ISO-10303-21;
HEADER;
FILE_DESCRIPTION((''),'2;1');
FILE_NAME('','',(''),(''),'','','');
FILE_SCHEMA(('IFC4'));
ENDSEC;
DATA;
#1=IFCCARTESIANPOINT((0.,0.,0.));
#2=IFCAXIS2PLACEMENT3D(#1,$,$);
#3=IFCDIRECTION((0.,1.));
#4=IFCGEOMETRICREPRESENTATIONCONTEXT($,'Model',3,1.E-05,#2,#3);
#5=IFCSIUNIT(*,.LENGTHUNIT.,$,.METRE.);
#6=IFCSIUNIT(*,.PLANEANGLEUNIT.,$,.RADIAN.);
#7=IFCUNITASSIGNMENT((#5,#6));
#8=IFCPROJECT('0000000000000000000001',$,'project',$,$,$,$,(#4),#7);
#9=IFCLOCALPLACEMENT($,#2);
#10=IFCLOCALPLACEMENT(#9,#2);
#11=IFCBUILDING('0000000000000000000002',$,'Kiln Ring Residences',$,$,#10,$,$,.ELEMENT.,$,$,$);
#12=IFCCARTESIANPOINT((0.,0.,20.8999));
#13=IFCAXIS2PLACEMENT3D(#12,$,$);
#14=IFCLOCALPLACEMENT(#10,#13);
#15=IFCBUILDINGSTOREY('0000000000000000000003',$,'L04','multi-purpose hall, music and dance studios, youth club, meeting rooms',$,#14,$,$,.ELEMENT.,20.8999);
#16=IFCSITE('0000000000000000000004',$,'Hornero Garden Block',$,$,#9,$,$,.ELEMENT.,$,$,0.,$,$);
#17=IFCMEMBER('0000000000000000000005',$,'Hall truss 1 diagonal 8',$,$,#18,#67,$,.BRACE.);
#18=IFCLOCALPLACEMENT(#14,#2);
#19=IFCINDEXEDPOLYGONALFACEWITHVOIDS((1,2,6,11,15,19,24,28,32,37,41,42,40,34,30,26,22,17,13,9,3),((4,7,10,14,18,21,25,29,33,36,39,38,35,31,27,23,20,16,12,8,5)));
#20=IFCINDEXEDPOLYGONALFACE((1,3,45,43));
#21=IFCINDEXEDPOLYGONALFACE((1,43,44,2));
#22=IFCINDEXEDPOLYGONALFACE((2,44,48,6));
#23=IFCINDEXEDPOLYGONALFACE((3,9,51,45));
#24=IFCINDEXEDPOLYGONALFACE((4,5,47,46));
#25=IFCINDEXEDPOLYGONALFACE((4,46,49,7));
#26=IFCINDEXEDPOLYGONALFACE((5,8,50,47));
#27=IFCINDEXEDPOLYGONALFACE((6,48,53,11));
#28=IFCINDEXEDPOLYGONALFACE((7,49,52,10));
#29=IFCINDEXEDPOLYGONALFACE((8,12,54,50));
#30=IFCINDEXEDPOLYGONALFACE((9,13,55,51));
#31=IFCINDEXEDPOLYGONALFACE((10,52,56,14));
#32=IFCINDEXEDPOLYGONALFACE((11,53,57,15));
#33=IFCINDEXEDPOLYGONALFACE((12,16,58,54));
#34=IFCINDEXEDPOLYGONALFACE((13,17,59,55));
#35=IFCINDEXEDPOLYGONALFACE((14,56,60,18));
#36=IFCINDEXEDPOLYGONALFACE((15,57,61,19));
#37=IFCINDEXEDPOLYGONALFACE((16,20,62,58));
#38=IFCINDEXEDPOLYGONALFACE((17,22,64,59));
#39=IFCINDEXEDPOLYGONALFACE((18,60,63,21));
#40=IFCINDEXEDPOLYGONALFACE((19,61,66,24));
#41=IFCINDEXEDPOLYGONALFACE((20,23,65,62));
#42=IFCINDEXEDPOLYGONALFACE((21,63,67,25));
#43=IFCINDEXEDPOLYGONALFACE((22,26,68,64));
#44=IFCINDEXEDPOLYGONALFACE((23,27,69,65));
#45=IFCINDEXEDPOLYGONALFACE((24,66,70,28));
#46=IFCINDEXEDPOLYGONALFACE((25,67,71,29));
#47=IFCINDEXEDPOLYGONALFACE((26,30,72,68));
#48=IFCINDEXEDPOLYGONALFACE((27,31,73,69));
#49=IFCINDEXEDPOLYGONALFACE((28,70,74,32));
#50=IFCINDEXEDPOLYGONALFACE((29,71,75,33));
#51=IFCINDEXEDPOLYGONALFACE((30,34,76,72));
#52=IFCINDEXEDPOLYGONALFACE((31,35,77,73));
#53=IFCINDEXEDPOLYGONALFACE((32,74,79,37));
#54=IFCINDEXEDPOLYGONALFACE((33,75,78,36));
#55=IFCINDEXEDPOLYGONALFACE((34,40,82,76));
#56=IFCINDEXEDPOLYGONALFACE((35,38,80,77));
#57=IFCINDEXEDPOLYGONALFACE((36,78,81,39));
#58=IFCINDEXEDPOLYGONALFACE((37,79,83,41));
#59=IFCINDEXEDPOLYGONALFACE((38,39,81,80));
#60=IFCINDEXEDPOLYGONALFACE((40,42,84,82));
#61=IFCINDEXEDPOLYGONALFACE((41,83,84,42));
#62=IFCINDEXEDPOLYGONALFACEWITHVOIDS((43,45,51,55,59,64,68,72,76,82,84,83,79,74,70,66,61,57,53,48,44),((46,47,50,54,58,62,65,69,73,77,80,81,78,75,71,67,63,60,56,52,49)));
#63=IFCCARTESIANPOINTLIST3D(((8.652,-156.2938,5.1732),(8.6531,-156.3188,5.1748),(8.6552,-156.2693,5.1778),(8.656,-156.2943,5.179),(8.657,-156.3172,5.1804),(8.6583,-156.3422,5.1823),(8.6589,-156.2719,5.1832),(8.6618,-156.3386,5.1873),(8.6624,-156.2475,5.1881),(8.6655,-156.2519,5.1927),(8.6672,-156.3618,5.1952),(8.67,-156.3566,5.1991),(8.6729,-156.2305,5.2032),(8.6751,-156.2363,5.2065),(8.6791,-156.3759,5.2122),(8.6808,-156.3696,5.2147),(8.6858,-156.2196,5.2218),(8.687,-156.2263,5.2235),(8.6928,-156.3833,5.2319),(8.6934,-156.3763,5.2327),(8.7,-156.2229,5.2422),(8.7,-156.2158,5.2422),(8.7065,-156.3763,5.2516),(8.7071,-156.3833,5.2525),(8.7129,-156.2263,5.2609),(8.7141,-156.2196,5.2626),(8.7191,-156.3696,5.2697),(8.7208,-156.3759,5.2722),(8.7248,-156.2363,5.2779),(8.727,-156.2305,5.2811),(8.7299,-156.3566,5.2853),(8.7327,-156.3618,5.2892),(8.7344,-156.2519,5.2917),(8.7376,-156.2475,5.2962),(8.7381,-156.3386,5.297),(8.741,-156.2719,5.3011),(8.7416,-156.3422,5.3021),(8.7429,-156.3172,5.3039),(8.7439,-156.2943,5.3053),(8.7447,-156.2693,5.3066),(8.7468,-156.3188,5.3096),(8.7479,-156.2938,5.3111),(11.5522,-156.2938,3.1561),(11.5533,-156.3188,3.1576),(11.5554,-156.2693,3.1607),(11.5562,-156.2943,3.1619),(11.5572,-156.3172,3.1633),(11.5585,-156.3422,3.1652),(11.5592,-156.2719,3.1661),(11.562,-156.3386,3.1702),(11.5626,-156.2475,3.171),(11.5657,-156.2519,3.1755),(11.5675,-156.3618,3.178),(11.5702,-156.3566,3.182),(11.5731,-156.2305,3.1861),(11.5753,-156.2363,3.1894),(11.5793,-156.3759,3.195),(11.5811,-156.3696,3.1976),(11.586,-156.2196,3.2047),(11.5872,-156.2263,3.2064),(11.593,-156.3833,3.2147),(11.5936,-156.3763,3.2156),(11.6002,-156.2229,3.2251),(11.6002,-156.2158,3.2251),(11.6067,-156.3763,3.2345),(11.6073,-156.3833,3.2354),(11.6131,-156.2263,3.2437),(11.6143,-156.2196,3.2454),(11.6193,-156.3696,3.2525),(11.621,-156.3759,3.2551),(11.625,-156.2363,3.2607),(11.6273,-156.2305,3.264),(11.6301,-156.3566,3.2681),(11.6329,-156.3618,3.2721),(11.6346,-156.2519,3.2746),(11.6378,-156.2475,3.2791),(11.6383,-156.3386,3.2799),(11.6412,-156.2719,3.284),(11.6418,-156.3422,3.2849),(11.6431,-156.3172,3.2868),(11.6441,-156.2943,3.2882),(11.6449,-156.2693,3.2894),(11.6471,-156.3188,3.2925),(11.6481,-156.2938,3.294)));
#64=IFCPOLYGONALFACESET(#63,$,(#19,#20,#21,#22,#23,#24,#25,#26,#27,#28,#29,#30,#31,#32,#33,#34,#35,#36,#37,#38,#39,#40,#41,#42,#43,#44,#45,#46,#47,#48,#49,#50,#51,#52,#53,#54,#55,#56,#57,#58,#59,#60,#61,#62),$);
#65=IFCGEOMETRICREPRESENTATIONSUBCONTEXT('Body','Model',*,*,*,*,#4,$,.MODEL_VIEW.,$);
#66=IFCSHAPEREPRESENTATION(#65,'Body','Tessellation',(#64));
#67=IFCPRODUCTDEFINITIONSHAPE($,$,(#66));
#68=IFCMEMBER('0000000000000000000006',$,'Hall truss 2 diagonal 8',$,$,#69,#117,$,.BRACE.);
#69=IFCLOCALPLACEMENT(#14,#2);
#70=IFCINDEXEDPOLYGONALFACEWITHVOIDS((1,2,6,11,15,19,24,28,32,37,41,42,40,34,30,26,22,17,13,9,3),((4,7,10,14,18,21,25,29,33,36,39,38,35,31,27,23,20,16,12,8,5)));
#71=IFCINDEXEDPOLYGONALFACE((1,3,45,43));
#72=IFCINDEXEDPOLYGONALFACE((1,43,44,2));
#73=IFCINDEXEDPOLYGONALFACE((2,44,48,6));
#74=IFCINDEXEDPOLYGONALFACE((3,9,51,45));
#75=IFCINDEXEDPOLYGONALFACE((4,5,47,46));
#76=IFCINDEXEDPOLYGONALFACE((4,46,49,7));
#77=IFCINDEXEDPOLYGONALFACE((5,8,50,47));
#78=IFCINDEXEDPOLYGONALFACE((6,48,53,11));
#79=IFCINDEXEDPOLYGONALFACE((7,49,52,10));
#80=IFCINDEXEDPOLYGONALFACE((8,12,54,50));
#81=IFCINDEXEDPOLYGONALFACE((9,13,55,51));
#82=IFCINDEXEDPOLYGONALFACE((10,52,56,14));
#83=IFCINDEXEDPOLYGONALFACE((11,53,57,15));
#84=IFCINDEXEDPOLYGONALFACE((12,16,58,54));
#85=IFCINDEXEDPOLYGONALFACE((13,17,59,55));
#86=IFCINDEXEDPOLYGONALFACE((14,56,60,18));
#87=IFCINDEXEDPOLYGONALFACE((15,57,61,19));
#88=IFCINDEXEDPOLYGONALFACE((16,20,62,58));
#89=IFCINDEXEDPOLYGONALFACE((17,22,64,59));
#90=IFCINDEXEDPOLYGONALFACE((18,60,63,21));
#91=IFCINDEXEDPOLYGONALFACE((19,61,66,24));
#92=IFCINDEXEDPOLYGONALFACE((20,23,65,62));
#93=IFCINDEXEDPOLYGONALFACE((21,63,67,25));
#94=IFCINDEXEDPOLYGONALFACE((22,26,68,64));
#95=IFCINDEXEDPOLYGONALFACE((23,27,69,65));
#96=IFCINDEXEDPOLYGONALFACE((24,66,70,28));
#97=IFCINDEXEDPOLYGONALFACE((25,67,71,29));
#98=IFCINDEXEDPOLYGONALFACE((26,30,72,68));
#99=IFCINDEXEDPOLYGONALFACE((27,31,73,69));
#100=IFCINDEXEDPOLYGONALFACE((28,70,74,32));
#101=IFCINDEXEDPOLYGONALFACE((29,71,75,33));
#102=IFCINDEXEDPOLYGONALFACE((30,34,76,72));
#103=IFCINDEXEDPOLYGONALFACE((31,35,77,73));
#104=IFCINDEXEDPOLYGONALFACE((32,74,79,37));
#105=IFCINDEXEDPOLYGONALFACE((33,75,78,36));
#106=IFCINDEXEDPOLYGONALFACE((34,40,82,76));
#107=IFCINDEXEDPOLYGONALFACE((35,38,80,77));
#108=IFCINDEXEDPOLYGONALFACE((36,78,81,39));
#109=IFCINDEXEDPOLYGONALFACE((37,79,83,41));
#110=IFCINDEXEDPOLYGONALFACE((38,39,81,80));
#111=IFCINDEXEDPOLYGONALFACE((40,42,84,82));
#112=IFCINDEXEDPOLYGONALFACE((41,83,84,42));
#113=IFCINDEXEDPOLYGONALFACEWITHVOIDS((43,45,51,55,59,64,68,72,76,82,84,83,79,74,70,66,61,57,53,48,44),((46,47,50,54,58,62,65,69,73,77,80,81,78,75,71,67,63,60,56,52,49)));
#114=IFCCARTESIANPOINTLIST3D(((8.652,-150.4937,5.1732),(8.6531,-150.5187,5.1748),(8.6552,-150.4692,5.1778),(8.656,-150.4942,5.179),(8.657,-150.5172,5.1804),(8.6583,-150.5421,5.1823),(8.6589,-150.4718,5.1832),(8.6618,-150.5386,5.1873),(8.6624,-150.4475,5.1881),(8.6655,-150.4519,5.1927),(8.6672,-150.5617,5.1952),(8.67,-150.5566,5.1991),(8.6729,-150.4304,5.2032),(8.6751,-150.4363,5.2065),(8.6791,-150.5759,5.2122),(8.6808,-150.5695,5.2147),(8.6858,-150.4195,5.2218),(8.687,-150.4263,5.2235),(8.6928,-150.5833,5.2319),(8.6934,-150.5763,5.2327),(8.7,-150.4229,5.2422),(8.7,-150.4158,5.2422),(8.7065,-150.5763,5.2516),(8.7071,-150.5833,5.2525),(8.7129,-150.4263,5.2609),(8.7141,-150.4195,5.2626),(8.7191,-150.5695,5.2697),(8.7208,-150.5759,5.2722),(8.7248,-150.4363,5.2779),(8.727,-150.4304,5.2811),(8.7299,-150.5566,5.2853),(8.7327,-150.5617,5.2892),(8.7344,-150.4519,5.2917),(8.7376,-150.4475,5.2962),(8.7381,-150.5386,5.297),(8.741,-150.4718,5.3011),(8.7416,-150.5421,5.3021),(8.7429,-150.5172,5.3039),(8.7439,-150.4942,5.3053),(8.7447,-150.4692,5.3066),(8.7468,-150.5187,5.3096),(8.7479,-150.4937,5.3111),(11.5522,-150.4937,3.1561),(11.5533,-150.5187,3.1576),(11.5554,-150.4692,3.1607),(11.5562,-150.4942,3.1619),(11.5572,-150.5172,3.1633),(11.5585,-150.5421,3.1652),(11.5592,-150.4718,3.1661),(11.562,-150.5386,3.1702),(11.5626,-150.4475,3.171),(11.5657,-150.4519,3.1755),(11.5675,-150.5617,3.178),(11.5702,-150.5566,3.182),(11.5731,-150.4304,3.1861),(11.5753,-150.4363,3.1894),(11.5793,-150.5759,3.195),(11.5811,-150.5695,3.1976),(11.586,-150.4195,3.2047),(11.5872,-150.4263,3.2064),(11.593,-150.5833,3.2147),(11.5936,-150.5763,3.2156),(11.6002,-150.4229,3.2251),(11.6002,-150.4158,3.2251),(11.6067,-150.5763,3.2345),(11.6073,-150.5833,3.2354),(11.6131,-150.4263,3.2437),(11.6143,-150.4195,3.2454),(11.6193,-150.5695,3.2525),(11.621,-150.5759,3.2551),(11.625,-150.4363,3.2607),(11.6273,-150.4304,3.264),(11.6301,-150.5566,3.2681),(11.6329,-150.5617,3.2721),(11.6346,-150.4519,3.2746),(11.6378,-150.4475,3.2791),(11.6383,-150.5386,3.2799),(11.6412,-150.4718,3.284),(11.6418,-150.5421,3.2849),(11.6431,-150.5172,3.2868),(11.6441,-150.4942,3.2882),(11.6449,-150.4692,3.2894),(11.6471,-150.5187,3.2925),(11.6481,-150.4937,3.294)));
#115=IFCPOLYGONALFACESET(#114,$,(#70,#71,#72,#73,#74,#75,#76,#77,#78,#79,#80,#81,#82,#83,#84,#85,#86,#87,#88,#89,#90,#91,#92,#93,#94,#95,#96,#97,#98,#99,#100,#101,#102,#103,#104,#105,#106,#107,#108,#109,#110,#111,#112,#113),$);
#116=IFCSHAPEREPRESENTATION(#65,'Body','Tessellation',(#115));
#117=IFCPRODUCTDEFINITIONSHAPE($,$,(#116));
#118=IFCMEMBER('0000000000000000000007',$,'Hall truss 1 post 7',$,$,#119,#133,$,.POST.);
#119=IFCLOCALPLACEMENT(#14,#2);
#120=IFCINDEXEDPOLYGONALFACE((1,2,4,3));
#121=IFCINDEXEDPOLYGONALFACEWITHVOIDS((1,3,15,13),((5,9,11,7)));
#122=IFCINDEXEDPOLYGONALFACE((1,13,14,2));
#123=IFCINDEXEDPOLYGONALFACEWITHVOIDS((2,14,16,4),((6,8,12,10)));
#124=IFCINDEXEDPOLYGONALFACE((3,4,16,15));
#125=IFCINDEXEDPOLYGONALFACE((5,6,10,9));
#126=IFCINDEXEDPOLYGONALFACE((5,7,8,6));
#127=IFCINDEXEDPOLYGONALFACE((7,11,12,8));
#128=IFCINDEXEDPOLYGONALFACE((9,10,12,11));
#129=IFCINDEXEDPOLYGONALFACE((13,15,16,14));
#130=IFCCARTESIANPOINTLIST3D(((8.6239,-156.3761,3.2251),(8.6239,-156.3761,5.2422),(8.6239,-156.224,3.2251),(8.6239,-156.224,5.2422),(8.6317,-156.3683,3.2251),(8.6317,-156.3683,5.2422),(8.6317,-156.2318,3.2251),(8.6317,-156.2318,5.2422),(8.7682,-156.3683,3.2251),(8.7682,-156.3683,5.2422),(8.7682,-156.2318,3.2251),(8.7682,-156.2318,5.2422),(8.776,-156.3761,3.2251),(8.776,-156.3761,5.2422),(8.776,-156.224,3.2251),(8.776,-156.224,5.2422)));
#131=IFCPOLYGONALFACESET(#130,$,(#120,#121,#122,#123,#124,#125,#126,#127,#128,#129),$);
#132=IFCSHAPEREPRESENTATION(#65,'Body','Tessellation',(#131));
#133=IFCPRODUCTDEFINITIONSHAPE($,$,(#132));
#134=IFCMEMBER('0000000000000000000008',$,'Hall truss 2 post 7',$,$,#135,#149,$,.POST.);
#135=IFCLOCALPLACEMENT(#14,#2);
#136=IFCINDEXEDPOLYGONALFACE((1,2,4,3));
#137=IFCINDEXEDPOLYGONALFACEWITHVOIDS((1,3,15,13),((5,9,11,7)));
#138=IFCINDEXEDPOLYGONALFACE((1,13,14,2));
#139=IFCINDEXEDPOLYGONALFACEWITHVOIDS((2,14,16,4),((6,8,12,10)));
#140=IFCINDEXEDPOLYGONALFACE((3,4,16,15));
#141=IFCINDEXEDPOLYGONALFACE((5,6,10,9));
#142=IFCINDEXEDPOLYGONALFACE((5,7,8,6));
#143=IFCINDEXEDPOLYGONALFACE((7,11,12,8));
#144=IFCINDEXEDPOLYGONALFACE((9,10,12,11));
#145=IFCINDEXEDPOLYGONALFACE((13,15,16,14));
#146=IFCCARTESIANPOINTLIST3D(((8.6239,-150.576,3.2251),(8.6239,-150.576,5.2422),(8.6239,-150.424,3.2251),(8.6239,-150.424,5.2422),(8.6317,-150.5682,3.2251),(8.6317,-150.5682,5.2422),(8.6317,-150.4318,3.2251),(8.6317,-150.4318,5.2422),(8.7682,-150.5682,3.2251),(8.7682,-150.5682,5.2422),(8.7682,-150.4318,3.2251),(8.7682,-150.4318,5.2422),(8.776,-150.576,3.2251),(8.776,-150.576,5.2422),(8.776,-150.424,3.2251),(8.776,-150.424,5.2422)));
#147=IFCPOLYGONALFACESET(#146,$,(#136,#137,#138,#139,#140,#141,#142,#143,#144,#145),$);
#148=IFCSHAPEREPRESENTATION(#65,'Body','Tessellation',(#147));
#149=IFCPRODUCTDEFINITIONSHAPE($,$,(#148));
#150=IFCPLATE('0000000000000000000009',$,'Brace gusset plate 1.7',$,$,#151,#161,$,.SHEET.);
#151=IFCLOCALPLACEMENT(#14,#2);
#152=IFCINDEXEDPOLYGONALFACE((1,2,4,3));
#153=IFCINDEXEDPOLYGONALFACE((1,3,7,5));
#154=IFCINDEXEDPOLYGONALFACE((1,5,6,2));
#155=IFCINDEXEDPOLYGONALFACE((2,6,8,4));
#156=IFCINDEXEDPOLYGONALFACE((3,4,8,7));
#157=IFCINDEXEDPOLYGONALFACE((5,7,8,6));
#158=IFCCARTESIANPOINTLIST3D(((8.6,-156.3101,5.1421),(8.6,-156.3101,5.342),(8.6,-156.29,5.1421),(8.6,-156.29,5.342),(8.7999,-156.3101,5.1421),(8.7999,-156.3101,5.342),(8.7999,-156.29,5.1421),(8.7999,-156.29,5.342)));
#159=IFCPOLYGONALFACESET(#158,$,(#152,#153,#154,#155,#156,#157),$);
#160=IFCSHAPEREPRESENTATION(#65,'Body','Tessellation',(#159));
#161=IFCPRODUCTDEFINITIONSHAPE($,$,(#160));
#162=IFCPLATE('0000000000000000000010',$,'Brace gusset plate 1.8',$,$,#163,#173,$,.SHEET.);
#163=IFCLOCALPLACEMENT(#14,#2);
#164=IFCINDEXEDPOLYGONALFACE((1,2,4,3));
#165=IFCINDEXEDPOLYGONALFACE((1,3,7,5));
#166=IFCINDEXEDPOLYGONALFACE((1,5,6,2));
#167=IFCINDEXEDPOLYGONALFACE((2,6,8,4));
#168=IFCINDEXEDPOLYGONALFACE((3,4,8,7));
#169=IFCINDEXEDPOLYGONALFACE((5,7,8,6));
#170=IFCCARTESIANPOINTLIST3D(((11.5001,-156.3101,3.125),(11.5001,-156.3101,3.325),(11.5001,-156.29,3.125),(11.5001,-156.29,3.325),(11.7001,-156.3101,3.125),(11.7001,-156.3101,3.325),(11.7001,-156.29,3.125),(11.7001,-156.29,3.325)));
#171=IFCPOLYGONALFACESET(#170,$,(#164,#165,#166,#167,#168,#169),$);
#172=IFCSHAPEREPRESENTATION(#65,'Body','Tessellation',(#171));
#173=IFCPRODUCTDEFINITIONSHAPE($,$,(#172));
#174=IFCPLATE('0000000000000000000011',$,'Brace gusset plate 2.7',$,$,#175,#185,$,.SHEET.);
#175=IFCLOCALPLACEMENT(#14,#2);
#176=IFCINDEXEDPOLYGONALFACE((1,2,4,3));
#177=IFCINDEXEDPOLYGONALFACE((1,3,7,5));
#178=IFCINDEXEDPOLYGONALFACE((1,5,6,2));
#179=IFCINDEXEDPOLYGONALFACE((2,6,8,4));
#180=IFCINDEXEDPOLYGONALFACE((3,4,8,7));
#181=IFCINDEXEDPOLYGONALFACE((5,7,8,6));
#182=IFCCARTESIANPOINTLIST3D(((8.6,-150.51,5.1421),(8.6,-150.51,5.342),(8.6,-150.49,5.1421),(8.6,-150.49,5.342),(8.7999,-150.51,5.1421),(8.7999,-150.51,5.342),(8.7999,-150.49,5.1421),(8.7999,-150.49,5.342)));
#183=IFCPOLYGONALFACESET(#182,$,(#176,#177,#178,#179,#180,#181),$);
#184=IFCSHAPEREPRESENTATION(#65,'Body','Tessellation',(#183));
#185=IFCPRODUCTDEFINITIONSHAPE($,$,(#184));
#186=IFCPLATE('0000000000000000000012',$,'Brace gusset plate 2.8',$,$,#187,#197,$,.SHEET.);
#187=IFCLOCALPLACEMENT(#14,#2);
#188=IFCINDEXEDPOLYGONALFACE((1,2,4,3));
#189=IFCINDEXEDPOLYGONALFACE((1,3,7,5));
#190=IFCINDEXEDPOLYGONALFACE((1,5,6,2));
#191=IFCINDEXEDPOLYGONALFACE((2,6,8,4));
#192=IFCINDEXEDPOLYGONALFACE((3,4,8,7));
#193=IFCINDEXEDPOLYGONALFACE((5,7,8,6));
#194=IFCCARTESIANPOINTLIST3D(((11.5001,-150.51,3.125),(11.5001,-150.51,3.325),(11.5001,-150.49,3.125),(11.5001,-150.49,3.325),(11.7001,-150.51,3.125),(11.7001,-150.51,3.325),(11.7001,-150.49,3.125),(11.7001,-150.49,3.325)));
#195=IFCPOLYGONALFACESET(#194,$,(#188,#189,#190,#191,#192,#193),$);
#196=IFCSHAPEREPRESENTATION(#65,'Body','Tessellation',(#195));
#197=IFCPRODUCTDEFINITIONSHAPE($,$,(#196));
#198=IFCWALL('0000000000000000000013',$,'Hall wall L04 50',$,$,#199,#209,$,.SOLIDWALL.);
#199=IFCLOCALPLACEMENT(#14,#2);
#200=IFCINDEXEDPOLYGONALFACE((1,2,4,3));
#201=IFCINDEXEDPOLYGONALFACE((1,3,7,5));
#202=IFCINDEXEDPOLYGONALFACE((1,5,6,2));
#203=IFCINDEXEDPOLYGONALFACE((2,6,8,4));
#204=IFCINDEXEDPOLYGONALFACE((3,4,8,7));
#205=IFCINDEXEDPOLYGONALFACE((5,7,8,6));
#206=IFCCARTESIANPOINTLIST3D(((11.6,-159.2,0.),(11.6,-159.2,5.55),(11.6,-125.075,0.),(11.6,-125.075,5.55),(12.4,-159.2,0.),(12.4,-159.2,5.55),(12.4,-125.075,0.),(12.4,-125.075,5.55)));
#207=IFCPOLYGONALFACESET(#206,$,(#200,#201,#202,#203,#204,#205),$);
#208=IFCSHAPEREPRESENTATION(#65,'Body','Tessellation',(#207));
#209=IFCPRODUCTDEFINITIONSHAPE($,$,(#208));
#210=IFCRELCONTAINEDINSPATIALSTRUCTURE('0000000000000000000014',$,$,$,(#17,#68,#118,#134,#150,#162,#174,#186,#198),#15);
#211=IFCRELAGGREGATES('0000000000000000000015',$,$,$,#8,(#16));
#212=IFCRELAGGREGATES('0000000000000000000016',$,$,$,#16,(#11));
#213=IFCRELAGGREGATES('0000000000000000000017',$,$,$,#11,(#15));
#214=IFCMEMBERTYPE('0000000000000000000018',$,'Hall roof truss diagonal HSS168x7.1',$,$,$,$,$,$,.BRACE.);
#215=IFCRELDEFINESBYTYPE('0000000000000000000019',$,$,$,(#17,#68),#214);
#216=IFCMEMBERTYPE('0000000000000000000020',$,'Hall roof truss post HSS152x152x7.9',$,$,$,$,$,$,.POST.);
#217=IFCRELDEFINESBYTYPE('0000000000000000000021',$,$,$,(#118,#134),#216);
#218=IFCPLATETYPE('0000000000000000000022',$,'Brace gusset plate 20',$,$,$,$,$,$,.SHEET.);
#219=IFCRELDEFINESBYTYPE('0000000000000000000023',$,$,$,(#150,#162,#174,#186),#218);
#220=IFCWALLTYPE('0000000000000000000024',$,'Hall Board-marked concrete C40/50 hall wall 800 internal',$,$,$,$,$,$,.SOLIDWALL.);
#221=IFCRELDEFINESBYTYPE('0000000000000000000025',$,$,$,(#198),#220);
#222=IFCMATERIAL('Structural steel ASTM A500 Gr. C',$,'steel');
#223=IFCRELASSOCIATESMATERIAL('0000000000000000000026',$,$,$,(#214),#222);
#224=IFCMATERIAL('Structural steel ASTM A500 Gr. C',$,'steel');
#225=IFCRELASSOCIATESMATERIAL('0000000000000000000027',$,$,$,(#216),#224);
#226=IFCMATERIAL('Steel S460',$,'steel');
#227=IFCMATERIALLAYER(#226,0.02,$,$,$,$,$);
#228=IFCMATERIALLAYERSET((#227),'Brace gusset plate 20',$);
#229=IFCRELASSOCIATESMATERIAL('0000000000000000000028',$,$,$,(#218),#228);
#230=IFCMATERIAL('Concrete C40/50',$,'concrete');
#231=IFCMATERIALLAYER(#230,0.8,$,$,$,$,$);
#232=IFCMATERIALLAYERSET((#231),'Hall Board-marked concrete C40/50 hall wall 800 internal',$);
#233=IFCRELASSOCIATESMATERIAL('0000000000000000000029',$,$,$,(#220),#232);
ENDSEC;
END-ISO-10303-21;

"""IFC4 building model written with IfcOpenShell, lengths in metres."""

from ifc_helpers import new_model, si_unit, direction, frame, frame_2d, origin, origin_2d, place, context, subcontext, project, spatial, rectangle, hollow_rectangle, hollow_circle, extrude, material, layer, layer_set, material_profile, profile_set, type_object, element, save


model = new_model("IFC4")

# Units and contexts
model_context = context("Model", 3, precision=1e-05, world=origin(), true_north=direction((0.0, 1.0)))
body_context = subcontext(model_context, "Body", "Model", "MODEL_VIEW")
ifc_project = project(units=[si_unit("LENGTHUNIT", "METRE"), si_unit("PLANEANGLEUNIT", "RADIAN")], contexts=[model_context])

# Site, building, storey
site_placement = place(None, origin())
site = spatial("IfcSite", under=ifc_project, at=site_placement, Name="Hornero Garden Block", CompositionType="ELEMENT", RefElevation=0.0)
building_placement = place(site_placement, origin())
building = spatial("IfcBuilding", under=site, at=building_placement, Name="Kiln Ring Residences", CompositionType="ELEMENT")
storey_placement = place(building_placement, frame((0.0, 0.0, 20.8999)))
storey = spatial("IfcBuildingStorey", under=building, at=storey_placement, Name="L04", Description="multi-purpose hall, music and dance studios, youth club, meeting rooms", CompositionType="ELEMENT", Elevation=20.8999)

# Members
ifc_material_1 = material(Name="Structural steel ASTM A500 Gr. C", Category="steel")
ifc_material_profile_1 = material_profile(ifc_material_1, hollow_circle(Radius=0.0842, WallThickness=0.0071, at=origin_2d()), Name="HSS168x7.1")
ifc_profile_set_1 = profile_set([ifc_material_profile_1], Name="Structural steel ASTM A500 Gr. C")
member_type_1 = type_object("IfcMemberType", Name="Hall roof truss diagonal HSS168x7.1", PredefinedType="BRACE", material=ifc_profile_set_1)
for number, where, z_axis, x_axis, name in (
    (1, (8.7, -156.3, 5.2422), (0.820959, 0.0, -0.570988), (0.0, 1.0, 0.0), "Hall truss 1 diagonal 8"),
    (2, (8.7, -150.5, 5.2422), (0.820959, 0.0, -0.570988), (0.0, 1.0, 0.0), "Hall truss 2 diagonal 8"),
):
    element("IfcMember", number, at=place(storey_placement, frame(where, z_axis=z_axis, x_axis=x_axis)), inside=storey, type_object=member_type_1, Name=name, PredefinedType="BRACE", context=body_context, shape_type="SweptSolid", body=[
        extrude(hollow_circle(Radius=0.0842, WallThickness=0.0071, at=origin_2d()), origin(), (0.0, 0.0, 1.0), 3.5327),
    ])
ifc_material_2 = material(Name="Structural steel ASTM A500 Gr. C", Category="steel")
ifc_material_profile_2 = material_profile(ifc_material_2, hollow_rectangle(XDim=0.1521, YDim=0.1521, WallThickness=0.0078, at=origin_2d()), Name="HSS152x152x7.9")
ifc_profile_set_2 = profile_set([ifc_material_profile_2], Name="Structural steel ASTM A500 Gr. C")
member_type_2 = type_object("IfcMemberType", Name="Hall roof truss post HSS152x152x7.9", PredefinedType="POST", material=ifc_profile_set_2)
for number, where, z_axis, x_axis, name in (
    (3, (8.7, -156.3, 3.2251), (0.0, 0.0, 1.0), (1.0, 0.0, 0.0), "Hall truss 1 post 7"),
    (4, (8.7, -150.5, 3.2251), (0.0, 0.0, 1.0), (1.0, 0.0, 0.0), "Hall truss 2 post 7"),
):
    element("IfcMember", number, at=place(storey_placement, frame(where, z_axis=z_axis, x_axis=x_axis)), inside=storey, type_object=member_type_2, Name=name, PredefinedType="POST", context=body_context, shape_type="SweptSolid", body=[
        extrude(hollow_rectangle(XDim=0.1521, YDim=0.1521, WallThickness=0.0078, at=origin_2d()), origin(), (0.0, 0.0, 1.0), 2.0171),
    ])

# Plates
ifc_material_3 = material(Name="Steel S460", Category="steel")
ifc_layer_1 = layer(ifc_material_3, 0.02)
ifc_layer_set_1 = layer_set([ifc_layer_1], Name="Brace gusset plate 20")
plate_type = type_object("IfcPlateType", Name="Brace gusset plate 20", PredefinedType="SHEET", material=ifc_layer_set_1)
for number, where, z_axis, x_axis, name in (
    (5, (8.7, -156.3, 5.1421), (0.0, 0.0, 1.0), (1.0, 0.0, 0.0), "Brace gusset plate 1.7"),
    (6, (11.6001, -156.3, 3.125), (0.0, 0.0, 1.0), (1.0, 0.0, 0.0), "Brace gusset plate 1.8"),
    (7, (8.7, -150.5, 5.1421), (0.0, 0.0, 1.0), (1.0, 0.0, 0.0), "Brace gusset plate 2.7"),
    (8, (11.6001, -150.5, 3.125), (0.0, 0.0, 1.0), (1.0, 0.0, 0.0), "Brace gusset plate 2.8"),
):
    element("IfcPlate", number, at=place(storey_placement, frame(where, z_axis=z_axis, x_axis=x_axis)), inside=storey, type_object=plate_type, Name=name, PredefinedType="SHEET", context=body_context, shape_type="SweptSolid", body=[
        extrude(rectangle(XDim=0.2, YDim=0.02, at=origin_2d()), origin(), (0.0, 0.0, 1.0), 0.2),
    ])

# Wall
ifc_material_4 = material(Name="Concrete C40/50", Category="concrete")
ifc_layer_2 = layer(ifc_material_4, 0.8)
ifc_layer_set_2 = layer_set([ifc_layer_2], Name="Hall Board-marked concrete C40/50 hall wall 800 internal")
wall_type_1 = type_object("IfcWallType", Name="Hall Board-marked concrete C40/50 hall wall 800 internal", PredefinedType="SOLIDWALL", material=ifc_layer_set_2)
wall_1_placement = place(storey_placement, frame((12.0, -159.2, 0.0), z_axis=(0.0, 0.0, 1.0), x_axis=(0.0, 1.0, 0.0)))
element("IfcWall", 9, at=wall_1_placement, inside=storey, type_object=wall_type_1, Name="Hall wall L04 50", PredefinedType="SOLIDWALL", context=body_context, shape_type="SweptSolid", body=[
    extrude(rectangle(XDim=34.125, YDim=0.8, at=frame_2d((17.0625, 0.0))), origin(), (0.0, 0.0, 1.0), 5.55),
])

save(model, "model.ifc")
